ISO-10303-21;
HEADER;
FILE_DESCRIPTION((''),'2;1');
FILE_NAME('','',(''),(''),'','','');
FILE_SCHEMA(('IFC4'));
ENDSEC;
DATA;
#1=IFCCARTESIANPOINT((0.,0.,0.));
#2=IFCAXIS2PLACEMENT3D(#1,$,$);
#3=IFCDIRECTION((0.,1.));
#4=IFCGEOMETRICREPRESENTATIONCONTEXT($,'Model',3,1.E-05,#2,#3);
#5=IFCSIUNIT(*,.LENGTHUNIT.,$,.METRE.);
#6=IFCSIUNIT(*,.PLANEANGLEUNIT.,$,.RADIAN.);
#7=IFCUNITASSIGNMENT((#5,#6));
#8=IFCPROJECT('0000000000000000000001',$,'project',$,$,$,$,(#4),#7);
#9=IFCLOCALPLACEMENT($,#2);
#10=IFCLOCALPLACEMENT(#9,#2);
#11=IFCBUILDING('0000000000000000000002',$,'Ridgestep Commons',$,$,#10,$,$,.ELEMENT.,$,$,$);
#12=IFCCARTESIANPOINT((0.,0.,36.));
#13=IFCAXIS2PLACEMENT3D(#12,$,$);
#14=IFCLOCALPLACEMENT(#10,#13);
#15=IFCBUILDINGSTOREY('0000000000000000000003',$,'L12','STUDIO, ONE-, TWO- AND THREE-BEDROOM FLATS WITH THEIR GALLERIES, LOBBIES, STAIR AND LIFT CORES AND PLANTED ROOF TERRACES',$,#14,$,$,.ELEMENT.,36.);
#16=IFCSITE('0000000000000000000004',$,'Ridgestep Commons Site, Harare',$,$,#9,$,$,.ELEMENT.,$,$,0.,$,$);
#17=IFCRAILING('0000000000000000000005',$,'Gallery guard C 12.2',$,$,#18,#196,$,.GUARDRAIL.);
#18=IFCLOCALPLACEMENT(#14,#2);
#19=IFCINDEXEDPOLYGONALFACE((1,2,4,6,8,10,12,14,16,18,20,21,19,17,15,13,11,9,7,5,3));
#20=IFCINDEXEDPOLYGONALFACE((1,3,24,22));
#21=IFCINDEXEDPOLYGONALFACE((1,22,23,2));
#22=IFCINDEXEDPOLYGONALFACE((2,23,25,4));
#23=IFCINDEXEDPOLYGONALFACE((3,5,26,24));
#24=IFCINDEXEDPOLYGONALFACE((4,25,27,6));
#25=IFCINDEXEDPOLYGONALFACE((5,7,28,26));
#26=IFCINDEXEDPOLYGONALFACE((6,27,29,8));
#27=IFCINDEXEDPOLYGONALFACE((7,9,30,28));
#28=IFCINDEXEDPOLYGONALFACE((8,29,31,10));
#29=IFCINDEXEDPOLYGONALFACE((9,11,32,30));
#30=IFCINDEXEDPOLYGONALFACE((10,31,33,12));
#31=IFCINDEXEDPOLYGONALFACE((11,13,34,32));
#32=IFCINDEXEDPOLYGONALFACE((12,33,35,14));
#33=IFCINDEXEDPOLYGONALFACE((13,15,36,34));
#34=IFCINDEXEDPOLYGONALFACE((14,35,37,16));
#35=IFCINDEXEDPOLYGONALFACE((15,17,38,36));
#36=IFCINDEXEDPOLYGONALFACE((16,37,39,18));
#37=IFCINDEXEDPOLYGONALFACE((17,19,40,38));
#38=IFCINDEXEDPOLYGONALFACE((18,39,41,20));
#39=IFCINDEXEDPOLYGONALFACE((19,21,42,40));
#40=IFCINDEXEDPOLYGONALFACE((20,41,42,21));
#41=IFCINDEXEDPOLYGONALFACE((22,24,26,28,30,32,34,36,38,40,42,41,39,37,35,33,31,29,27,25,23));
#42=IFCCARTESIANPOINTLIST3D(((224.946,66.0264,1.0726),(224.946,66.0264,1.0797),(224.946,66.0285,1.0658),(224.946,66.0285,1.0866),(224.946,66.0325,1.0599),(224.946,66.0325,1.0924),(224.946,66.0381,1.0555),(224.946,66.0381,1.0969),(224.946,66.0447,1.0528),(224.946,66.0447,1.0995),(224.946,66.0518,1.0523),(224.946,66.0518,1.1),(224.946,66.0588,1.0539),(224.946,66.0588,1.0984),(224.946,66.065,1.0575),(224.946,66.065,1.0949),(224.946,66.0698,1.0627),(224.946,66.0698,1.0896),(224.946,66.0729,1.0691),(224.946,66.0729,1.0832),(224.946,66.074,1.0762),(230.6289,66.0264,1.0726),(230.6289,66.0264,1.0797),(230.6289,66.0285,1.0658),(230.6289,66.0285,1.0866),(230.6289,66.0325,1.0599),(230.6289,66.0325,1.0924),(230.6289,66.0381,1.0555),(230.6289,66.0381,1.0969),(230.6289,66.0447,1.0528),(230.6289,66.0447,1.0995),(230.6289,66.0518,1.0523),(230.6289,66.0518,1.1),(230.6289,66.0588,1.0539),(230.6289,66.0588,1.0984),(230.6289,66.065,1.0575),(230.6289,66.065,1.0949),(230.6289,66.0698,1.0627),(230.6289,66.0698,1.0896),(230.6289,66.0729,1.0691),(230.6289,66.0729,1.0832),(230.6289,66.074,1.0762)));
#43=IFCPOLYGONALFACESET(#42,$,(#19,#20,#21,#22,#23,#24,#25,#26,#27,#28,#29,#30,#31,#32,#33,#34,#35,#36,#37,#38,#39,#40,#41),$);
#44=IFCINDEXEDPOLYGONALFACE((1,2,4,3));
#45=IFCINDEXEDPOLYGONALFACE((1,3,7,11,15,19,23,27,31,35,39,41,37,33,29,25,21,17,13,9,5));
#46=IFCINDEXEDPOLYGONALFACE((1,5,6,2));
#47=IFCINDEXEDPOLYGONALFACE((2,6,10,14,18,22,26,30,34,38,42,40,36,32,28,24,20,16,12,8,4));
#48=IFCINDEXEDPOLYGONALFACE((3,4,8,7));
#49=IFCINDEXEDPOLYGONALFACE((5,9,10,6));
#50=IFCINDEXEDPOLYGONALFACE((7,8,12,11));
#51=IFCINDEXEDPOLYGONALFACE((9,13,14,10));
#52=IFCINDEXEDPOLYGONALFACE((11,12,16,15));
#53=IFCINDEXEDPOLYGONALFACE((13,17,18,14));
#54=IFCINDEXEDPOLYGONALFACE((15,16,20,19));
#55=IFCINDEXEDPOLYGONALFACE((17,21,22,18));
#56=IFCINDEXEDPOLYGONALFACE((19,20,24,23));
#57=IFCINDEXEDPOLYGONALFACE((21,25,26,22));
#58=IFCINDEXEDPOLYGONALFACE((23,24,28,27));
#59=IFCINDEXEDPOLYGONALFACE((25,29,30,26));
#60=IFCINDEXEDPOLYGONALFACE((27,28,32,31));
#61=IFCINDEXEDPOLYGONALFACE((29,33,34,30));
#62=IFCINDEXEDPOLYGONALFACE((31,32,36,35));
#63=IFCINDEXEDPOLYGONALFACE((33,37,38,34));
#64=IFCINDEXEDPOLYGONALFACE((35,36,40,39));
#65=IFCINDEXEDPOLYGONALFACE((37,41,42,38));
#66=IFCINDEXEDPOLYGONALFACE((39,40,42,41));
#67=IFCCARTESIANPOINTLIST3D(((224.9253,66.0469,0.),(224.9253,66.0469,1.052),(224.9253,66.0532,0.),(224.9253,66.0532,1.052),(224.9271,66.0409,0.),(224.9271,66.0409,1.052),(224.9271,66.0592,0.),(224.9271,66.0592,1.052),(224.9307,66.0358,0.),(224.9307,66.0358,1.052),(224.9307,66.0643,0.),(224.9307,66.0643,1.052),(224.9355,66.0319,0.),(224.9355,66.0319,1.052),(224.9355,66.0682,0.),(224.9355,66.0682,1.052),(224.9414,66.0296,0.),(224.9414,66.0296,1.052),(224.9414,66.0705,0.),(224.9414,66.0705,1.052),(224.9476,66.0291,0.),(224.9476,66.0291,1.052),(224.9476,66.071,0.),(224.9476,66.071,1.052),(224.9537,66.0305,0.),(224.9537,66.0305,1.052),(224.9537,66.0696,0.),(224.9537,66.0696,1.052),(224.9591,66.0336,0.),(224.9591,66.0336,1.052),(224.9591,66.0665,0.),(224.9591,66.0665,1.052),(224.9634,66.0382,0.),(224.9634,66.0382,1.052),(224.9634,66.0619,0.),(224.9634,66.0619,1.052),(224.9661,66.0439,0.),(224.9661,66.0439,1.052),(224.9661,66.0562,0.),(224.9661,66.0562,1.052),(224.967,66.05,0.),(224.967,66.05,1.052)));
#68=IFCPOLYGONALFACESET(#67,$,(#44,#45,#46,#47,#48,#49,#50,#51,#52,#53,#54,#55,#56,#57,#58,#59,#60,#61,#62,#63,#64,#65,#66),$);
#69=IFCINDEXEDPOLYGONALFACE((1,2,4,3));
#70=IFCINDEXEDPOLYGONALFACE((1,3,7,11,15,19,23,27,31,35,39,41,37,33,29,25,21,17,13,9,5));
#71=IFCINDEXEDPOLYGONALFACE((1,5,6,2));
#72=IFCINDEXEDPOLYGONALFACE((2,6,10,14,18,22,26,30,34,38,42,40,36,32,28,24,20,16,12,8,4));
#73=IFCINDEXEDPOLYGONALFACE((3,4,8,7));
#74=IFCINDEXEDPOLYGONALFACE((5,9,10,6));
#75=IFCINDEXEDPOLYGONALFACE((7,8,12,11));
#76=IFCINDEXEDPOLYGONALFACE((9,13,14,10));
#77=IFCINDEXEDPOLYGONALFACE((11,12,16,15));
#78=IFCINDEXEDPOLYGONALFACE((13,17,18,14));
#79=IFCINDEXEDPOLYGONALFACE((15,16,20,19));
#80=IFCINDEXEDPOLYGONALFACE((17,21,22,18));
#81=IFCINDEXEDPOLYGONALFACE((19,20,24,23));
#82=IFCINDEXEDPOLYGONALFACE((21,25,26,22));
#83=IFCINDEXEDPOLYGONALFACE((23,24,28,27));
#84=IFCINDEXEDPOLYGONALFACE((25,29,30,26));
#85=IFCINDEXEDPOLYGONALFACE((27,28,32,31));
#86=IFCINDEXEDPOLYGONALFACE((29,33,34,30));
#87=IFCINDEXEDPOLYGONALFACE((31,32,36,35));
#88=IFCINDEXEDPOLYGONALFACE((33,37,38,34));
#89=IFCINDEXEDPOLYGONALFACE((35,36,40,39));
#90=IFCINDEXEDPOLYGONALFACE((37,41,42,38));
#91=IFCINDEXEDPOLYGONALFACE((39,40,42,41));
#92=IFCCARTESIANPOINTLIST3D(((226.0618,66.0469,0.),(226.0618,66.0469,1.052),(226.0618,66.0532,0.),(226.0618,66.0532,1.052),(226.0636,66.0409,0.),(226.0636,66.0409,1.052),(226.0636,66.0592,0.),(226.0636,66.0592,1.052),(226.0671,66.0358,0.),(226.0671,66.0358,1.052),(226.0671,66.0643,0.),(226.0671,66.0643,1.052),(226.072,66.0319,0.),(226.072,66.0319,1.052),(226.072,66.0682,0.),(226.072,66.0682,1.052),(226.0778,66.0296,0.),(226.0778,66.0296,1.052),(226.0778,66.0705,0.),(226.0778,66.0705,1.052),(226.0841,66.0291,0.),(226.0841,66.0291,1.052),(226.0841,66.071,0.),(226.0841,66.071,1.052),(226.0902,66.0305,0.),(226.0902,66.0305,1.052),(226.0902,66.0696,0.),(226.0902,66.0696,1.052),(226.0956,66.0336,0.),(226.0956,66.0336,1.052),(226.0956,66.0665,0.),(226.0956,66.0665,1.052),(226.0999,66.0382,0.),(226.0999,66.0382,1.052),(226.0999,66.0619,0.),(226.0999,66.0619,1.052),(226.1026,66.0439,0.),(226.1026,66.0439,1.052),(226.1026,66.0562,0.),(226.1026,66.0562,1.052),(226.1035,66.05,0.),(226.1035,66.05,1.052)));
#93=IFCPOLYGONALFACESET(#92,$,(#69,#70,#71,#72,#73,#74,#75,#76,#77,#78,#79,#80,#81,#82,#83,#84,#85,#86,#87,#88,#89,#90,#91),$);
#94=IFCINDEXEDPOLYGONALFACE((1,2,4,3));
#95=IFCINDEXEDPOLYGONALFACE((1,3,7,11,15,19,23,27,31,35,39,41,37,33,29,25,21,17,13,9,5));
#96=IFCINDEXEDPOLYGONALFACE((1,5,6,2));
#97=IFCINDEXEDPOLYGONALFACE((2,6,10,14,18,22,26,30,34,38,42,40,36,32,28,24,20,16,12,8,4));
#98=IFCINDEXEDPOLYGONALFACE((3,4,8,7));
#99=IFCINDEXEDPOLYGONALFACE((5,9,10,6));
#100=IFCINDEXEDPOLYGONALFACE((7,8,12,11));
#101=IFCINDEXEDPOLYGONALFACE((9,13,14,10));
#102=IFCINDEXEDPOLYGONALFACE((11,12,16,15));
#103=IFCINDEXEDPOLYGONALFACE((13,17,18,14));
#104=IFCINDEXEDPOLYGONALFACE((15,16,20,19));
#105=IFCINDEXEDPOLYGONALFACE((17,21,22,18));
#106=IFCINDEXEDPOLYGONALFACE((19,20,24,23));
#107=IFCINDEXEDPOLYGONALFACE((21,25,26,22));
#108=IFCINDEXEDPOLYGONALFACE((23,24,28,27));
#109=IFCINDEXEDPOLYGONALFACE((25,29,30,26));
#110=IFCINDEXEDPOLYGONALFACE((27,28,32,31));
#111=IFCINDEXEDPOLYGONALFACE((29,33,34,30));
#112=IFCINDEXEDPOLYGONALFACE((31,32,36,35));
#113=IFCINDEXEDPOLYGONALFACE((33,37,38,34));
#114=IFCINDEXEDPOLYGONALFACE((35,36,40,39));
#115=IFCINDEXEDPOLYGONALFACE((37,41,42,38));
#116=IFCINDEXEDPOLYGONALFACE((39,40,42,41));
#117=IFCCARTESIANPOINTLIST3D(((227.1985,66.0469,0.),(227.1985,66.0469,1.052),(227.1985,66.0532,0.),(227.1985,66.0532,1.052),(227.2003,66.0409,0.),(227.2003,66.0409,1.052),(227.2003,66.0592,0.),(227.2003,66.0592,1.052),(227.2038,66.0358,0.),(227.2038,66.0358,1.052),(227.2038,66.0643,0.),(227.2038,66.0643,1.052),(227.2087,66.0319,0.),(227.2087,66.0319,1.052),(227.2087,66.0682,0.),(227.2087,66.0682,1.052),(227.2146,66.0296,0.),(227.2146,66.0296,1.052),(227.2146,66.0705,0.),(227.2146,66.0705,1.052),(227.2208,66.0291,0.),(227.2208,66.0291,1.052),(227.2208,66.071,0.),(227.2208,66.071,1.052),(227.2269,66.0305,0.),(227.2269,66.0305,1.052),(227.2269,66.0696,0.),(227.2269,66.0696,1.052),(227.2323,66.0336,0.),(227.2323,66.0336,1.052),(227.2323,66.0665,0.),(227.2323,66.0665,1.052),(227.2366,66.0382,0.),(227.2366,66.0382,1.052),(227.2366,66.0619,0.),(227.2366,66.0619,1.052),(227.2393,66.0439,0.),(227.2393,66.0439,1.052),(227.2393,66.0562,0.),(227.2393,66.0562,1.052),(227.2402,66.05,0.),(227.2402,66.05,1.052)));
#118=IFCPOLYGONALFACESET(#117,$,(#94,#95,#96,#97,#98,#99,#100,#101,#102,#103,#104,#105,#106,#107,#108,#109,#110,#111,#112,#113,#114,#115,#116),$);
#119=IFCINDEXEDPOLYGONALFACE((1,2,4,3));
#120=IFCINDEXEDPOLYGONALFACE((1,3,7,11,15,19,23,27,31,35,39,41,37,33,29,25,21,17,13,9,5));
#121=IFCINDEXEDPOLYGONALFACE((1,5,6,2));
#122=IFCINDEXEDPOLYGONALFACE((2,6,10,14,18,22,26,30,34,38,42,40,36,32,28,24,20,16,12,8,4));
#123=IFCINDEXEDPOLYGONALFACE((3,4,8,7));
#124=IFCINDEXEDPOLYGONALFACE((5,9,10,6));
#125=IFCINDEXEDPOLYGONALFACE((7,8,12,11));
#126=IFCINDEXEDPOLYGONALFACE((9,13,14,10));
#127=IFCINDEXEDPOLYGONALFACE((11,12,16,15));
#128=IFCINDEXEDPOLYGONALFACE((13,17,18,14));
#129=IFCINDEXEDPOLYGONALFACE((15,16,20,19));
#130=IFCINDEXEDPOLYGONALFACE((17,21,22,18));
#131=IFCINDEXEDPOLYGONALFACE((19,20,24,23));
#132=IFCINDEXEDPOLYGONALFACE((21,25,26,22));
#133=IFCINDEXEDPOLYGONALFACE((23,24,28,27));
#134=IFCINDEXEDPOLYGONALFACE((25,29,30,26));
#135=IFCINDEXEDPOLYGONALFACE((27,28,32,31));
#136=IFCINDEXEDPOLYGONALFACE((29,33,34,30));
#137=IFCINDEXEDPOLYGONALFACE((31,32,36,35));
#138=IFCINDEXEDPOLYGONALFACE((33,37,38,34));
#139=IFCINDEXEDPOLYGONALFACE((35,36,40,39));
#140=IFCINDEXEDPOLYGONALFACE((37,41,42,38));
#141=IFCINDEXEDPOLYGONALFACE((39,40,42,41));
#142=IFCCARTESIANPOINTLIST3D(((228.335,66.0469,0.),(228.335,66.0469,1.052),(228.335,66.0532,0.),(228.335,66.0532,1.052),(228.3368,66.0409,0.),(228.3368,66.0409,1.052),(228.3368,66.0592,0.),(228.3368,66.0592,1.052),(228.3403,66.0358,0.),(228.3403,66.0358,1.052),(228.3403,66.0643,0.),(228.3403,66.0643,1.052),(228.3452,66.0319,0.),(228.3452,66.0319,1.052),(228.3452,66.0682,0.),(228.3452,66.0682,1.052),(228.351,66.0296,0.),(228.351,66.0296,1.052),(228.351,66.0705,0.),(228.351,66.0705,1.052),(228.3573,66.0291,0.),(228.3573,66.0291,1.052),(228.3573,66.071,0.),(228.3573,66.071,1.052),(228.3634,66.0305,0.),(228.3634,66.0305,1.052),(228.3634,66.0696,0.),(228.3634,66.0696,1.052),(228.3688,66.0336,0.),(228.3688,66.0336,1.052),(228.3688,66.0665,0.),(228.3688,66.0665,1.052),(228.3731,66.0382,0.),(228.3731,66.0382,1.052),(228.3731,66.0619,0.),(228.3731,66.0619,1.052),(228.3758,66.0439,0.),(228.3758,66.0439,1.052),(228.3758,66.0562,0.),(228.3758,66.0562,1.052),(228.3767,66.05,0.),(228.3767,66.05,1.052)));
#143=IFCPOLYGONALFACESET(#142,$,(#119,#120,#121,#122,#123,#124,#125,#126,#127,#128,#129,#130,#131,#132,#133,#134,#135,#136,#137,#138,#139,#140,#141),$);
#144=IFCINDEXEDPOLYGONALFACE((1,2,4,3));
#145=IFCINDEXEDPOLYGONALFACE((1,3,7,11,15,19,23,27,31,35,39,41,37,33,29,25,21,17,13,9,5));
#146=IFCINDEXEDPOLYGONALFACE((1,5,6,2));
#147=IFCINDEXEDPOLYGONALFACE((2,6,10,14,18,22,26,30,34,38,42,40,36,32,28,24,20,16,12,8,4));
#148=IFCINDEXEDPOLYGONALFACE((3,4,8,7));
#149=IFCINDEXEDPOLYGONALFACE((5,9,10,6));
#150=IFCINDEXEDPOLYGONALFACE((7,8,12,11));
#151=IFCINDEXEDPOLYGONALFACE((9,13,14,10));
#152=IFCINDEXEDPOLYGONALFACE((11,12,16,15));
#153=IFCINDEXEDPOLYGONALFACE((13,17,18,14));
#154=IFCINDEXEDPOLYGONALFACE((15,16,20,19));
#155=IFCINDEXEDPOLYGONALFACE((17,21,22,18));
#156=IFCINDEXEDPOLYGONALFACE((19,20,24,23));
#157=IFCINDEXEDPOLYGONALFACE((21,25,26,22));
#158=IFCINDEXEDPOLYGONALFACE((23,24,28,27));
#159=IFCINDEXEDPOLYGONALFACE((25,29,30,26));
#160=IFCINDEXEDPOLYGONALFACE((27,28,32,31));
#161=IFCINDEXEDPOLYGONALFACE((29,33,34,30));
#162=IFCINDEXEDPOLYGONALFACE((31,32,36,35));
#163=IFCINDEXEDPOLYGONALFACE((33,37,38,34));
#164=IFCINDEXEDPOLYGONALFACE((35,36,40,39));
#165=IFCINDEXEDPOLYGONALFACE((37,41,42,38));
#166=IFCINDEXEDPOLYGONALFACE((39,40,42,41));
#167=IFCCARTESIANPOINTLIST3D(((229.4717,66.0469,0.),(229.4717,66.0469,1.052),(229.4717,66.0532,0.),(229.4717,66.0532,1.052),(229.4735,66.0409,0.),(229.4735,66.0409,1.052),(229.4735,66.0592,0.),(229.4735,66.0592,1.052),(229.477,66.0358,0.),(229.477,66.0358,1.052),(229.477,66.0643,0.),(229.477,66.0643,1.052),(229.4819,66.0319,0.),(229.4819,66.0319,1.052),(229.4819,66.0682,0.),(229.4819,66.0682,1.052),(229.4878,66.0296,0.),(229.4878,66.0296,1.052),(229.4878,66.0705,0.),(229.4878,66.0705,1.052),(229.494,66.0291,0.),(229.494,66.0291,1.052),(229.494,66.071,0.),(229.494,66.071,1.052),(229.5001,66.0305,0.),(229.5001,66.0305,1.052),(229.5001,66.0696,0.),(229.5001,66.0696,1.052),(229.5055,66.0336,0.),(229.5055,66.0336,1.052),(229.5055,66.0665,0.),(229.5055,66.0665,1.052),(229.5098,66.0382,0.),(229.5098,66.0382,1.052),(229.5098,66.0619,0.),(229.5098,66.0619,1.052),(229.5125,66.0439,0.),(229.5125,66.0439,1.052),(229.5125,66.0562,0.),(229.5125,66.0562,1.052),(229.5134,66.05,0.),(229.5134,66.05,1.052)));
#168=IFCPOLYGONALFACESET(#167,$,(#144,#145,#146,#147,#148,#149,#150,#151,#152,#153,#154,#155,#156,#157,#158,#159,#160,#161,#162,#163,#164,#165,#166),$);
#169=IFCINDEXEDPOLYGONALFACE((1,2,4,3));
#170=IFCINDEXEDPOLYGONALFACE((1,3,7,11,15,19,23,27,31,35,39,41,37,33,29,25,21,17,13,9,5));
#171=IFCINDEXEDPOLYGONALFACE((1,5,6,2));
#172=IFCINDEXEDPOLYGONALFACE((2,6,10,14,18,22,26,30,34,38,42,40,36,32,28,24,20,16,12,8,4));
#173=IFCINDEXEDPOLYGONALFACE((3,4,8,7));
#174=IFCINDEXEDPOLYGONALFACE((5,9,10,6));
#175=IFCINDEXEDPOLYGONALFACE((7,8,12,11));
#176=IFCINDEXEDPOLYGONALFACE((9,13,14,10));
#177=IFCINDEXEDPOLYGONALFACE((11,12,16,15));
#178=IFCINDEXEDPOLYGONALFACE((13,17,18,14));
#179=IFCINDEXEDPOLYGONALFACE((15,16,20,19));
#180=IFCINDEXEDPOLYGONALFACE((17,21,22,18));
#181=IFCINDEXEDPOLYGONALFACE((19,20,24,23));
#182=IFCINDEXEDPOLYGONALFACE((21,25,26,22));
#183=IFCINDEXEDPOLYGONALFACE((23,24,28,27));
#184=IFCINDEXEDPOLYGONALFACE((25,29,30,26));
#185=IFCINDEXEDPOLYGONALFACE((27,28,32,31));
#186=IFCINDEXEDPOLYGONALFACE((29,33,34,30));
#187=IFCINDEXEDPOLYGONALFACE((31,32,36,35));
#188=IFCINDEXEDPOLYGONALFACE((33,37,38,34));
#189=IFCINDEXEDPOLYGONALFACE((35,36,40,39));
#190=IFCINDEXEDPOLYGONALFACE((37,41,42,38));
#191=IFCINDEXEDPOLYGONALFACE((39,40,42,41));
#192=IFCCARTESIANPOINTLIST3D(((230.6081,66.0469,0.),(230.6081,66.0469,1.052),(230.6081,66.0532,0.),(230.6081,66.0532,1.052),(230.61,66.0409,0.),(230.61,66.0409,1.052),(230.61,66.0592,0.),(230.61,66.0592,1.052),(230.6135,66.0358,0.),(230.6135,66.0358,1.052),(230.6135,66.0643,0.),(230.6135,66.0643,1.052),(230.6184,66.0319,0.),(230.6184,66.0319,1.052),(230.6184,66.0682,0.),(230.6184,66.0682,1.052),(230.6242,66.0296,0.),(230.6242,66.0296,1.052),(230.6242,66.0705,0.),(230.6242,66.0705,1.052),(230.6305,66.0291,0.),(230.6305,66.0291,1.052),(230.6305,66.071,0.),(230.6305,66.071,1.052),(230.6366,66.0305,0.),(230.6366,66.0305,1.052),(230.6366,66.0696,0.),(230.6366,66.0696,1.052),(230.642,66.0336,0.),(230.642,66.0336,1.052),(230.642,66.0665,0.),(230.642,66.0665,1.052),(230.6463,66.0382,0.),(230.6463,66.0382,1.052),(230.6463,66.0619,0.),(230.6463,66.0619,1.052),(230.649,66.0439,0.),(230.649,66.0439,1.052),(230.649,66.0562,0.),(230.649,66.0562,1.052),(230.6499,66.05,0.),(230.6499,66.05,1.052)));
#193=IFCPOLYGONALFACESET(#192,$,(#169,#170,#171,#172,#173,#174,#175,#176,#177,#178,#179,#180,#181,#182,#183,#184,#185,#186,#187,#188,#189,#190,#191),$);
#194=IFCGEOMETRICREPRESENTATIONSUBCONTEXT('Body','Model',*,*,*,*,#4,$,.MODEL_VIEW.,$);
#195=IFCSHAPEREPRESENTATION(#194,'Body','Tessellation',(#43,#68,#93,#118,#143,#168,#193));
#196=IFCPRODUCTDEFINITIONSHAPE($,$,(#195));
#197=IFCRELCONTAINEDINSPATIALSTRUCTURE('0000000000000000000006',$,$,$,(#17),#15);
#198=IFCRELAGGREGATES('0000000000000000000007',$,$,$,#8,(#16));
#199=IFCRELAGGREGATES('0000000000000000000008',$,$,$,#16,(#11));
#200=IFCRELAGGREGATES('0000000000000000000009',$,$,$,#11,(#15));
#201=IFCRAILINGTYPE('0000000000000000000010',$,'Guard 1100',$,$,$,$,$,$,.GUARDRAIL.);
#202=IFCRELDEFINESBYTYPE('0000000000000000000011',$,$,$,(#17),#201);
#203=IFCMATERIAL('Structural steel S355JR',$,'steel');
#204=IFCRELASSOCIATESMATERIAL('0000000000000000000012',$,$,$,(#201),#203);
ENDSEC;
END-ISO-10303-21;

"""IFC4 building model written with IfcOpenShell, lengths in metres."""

from ifc_helpers import new_model, si_unit, direction, frame, origin, origin_2d, place, context, subcontext, project, spatial, circle, extrude, material, type_object, element, save


model = new_model("IFC4")

# Units and contexts
model_context = context("Model", 3, precision=1e-05, world=origin(), true_north=direction((0.0, 1.0)))
body_context = subcontext(model_context, "Body", "Model", "MODEL_VIEW")
ifc_project = project(units=[si_unit("LENGTHUNIT", "METRE"), si_unit("PLANEANGLEUNIT", "RADIAN")], contexts=[model_context])

# Site, building, storey
site_placement = place(None, origin())
site = spatial("IfcSite", under=ifc_project, at=site_placement, Name="Ridgestep Commons Site, Harare", CompositionType="ELEMENT", RefElevation=0.0)
building_placement = place(site_placement, origin())
building = spatial("IfcBuilding", under=site, at=building_placement, Name="Ridgestep Commons", CompositionType="ELEMENT")
storey_placement = place(building_placement, frame((0.0, 0.0, 36.0)))
storey = spatial("IfcBuildingStorey", under=building, at=storey_placement, Name="L12", Description="STUDIO, ONE-, TWO- AND THREE-BEDROOM FLATS WITH THEIR GALLERIES, LOBBIES, STAIR AND LIFT CORES AND PLANTED ROOF TERRACES", CompositionType="ELEMENT", Elevation=36.0)

# Railing
ifc_material_1 = material(Name="Structural steel S355JR", Category="steel")
railing_type = type_object("IfcRailingType", Name="Guard 1100", PredefinedType="GUARDRAIL", material=ifc_material_1)
railing_1_placement = place(storey_placement, frame((224.946, 66.05, 0.0)))
element("IfcRailing", 1, at=railing_1_placement, inside=storey, type_object=railing_type, Name="Gallery guard C 12.2", PredefinedType="GUARDRAIL", context=body_context, shape_type="SweptSolid", body=[
    extrude(circle(Radius=0.0239, at=origin_2d()), frame((0.0, 0.0, 1.0762), z_axis=(1.0, 0.0, 0.0), x_axis=(0.0, 1.0, 0.0)), (0.0, 0.0, 1.0), 5.6829),
    extrude(circle(Radius=0.021, at=origin_2d()), origin(), (0.0, 0.0, 1.0), 1.052),
    extrude(circle(Radius=0.021, at=origin_2d()), frame((1.1365, 0.0, 0.0)), (0.0, 0.0, 1.0), 1.052),
    extrude(circle(Radius=0.021, at=origin_2d()), frame((2.2732, 0.0, 0.0)), (0.0, 0.0, 1.0), 1.052),
    extrude(circle(Radius=0.021, at=origin_2d()), frame((3.4097, 0.0, 0.0)), (0.0, 0.0, 1.0), 1.052),
    extrude(circle(Radius=0.021, at=origin_2d()), frame((4.5464, 0.0, 0.0)), (0.0, 0.0, 1.0), 1.052),
    extrude(circle(Radius=0.021, at=origin_2d()), frame((5.6829, 0.0, 0.0)), (0.0, 0.0, 1.0), 1.052),
])

save(model, "model.ifc")
